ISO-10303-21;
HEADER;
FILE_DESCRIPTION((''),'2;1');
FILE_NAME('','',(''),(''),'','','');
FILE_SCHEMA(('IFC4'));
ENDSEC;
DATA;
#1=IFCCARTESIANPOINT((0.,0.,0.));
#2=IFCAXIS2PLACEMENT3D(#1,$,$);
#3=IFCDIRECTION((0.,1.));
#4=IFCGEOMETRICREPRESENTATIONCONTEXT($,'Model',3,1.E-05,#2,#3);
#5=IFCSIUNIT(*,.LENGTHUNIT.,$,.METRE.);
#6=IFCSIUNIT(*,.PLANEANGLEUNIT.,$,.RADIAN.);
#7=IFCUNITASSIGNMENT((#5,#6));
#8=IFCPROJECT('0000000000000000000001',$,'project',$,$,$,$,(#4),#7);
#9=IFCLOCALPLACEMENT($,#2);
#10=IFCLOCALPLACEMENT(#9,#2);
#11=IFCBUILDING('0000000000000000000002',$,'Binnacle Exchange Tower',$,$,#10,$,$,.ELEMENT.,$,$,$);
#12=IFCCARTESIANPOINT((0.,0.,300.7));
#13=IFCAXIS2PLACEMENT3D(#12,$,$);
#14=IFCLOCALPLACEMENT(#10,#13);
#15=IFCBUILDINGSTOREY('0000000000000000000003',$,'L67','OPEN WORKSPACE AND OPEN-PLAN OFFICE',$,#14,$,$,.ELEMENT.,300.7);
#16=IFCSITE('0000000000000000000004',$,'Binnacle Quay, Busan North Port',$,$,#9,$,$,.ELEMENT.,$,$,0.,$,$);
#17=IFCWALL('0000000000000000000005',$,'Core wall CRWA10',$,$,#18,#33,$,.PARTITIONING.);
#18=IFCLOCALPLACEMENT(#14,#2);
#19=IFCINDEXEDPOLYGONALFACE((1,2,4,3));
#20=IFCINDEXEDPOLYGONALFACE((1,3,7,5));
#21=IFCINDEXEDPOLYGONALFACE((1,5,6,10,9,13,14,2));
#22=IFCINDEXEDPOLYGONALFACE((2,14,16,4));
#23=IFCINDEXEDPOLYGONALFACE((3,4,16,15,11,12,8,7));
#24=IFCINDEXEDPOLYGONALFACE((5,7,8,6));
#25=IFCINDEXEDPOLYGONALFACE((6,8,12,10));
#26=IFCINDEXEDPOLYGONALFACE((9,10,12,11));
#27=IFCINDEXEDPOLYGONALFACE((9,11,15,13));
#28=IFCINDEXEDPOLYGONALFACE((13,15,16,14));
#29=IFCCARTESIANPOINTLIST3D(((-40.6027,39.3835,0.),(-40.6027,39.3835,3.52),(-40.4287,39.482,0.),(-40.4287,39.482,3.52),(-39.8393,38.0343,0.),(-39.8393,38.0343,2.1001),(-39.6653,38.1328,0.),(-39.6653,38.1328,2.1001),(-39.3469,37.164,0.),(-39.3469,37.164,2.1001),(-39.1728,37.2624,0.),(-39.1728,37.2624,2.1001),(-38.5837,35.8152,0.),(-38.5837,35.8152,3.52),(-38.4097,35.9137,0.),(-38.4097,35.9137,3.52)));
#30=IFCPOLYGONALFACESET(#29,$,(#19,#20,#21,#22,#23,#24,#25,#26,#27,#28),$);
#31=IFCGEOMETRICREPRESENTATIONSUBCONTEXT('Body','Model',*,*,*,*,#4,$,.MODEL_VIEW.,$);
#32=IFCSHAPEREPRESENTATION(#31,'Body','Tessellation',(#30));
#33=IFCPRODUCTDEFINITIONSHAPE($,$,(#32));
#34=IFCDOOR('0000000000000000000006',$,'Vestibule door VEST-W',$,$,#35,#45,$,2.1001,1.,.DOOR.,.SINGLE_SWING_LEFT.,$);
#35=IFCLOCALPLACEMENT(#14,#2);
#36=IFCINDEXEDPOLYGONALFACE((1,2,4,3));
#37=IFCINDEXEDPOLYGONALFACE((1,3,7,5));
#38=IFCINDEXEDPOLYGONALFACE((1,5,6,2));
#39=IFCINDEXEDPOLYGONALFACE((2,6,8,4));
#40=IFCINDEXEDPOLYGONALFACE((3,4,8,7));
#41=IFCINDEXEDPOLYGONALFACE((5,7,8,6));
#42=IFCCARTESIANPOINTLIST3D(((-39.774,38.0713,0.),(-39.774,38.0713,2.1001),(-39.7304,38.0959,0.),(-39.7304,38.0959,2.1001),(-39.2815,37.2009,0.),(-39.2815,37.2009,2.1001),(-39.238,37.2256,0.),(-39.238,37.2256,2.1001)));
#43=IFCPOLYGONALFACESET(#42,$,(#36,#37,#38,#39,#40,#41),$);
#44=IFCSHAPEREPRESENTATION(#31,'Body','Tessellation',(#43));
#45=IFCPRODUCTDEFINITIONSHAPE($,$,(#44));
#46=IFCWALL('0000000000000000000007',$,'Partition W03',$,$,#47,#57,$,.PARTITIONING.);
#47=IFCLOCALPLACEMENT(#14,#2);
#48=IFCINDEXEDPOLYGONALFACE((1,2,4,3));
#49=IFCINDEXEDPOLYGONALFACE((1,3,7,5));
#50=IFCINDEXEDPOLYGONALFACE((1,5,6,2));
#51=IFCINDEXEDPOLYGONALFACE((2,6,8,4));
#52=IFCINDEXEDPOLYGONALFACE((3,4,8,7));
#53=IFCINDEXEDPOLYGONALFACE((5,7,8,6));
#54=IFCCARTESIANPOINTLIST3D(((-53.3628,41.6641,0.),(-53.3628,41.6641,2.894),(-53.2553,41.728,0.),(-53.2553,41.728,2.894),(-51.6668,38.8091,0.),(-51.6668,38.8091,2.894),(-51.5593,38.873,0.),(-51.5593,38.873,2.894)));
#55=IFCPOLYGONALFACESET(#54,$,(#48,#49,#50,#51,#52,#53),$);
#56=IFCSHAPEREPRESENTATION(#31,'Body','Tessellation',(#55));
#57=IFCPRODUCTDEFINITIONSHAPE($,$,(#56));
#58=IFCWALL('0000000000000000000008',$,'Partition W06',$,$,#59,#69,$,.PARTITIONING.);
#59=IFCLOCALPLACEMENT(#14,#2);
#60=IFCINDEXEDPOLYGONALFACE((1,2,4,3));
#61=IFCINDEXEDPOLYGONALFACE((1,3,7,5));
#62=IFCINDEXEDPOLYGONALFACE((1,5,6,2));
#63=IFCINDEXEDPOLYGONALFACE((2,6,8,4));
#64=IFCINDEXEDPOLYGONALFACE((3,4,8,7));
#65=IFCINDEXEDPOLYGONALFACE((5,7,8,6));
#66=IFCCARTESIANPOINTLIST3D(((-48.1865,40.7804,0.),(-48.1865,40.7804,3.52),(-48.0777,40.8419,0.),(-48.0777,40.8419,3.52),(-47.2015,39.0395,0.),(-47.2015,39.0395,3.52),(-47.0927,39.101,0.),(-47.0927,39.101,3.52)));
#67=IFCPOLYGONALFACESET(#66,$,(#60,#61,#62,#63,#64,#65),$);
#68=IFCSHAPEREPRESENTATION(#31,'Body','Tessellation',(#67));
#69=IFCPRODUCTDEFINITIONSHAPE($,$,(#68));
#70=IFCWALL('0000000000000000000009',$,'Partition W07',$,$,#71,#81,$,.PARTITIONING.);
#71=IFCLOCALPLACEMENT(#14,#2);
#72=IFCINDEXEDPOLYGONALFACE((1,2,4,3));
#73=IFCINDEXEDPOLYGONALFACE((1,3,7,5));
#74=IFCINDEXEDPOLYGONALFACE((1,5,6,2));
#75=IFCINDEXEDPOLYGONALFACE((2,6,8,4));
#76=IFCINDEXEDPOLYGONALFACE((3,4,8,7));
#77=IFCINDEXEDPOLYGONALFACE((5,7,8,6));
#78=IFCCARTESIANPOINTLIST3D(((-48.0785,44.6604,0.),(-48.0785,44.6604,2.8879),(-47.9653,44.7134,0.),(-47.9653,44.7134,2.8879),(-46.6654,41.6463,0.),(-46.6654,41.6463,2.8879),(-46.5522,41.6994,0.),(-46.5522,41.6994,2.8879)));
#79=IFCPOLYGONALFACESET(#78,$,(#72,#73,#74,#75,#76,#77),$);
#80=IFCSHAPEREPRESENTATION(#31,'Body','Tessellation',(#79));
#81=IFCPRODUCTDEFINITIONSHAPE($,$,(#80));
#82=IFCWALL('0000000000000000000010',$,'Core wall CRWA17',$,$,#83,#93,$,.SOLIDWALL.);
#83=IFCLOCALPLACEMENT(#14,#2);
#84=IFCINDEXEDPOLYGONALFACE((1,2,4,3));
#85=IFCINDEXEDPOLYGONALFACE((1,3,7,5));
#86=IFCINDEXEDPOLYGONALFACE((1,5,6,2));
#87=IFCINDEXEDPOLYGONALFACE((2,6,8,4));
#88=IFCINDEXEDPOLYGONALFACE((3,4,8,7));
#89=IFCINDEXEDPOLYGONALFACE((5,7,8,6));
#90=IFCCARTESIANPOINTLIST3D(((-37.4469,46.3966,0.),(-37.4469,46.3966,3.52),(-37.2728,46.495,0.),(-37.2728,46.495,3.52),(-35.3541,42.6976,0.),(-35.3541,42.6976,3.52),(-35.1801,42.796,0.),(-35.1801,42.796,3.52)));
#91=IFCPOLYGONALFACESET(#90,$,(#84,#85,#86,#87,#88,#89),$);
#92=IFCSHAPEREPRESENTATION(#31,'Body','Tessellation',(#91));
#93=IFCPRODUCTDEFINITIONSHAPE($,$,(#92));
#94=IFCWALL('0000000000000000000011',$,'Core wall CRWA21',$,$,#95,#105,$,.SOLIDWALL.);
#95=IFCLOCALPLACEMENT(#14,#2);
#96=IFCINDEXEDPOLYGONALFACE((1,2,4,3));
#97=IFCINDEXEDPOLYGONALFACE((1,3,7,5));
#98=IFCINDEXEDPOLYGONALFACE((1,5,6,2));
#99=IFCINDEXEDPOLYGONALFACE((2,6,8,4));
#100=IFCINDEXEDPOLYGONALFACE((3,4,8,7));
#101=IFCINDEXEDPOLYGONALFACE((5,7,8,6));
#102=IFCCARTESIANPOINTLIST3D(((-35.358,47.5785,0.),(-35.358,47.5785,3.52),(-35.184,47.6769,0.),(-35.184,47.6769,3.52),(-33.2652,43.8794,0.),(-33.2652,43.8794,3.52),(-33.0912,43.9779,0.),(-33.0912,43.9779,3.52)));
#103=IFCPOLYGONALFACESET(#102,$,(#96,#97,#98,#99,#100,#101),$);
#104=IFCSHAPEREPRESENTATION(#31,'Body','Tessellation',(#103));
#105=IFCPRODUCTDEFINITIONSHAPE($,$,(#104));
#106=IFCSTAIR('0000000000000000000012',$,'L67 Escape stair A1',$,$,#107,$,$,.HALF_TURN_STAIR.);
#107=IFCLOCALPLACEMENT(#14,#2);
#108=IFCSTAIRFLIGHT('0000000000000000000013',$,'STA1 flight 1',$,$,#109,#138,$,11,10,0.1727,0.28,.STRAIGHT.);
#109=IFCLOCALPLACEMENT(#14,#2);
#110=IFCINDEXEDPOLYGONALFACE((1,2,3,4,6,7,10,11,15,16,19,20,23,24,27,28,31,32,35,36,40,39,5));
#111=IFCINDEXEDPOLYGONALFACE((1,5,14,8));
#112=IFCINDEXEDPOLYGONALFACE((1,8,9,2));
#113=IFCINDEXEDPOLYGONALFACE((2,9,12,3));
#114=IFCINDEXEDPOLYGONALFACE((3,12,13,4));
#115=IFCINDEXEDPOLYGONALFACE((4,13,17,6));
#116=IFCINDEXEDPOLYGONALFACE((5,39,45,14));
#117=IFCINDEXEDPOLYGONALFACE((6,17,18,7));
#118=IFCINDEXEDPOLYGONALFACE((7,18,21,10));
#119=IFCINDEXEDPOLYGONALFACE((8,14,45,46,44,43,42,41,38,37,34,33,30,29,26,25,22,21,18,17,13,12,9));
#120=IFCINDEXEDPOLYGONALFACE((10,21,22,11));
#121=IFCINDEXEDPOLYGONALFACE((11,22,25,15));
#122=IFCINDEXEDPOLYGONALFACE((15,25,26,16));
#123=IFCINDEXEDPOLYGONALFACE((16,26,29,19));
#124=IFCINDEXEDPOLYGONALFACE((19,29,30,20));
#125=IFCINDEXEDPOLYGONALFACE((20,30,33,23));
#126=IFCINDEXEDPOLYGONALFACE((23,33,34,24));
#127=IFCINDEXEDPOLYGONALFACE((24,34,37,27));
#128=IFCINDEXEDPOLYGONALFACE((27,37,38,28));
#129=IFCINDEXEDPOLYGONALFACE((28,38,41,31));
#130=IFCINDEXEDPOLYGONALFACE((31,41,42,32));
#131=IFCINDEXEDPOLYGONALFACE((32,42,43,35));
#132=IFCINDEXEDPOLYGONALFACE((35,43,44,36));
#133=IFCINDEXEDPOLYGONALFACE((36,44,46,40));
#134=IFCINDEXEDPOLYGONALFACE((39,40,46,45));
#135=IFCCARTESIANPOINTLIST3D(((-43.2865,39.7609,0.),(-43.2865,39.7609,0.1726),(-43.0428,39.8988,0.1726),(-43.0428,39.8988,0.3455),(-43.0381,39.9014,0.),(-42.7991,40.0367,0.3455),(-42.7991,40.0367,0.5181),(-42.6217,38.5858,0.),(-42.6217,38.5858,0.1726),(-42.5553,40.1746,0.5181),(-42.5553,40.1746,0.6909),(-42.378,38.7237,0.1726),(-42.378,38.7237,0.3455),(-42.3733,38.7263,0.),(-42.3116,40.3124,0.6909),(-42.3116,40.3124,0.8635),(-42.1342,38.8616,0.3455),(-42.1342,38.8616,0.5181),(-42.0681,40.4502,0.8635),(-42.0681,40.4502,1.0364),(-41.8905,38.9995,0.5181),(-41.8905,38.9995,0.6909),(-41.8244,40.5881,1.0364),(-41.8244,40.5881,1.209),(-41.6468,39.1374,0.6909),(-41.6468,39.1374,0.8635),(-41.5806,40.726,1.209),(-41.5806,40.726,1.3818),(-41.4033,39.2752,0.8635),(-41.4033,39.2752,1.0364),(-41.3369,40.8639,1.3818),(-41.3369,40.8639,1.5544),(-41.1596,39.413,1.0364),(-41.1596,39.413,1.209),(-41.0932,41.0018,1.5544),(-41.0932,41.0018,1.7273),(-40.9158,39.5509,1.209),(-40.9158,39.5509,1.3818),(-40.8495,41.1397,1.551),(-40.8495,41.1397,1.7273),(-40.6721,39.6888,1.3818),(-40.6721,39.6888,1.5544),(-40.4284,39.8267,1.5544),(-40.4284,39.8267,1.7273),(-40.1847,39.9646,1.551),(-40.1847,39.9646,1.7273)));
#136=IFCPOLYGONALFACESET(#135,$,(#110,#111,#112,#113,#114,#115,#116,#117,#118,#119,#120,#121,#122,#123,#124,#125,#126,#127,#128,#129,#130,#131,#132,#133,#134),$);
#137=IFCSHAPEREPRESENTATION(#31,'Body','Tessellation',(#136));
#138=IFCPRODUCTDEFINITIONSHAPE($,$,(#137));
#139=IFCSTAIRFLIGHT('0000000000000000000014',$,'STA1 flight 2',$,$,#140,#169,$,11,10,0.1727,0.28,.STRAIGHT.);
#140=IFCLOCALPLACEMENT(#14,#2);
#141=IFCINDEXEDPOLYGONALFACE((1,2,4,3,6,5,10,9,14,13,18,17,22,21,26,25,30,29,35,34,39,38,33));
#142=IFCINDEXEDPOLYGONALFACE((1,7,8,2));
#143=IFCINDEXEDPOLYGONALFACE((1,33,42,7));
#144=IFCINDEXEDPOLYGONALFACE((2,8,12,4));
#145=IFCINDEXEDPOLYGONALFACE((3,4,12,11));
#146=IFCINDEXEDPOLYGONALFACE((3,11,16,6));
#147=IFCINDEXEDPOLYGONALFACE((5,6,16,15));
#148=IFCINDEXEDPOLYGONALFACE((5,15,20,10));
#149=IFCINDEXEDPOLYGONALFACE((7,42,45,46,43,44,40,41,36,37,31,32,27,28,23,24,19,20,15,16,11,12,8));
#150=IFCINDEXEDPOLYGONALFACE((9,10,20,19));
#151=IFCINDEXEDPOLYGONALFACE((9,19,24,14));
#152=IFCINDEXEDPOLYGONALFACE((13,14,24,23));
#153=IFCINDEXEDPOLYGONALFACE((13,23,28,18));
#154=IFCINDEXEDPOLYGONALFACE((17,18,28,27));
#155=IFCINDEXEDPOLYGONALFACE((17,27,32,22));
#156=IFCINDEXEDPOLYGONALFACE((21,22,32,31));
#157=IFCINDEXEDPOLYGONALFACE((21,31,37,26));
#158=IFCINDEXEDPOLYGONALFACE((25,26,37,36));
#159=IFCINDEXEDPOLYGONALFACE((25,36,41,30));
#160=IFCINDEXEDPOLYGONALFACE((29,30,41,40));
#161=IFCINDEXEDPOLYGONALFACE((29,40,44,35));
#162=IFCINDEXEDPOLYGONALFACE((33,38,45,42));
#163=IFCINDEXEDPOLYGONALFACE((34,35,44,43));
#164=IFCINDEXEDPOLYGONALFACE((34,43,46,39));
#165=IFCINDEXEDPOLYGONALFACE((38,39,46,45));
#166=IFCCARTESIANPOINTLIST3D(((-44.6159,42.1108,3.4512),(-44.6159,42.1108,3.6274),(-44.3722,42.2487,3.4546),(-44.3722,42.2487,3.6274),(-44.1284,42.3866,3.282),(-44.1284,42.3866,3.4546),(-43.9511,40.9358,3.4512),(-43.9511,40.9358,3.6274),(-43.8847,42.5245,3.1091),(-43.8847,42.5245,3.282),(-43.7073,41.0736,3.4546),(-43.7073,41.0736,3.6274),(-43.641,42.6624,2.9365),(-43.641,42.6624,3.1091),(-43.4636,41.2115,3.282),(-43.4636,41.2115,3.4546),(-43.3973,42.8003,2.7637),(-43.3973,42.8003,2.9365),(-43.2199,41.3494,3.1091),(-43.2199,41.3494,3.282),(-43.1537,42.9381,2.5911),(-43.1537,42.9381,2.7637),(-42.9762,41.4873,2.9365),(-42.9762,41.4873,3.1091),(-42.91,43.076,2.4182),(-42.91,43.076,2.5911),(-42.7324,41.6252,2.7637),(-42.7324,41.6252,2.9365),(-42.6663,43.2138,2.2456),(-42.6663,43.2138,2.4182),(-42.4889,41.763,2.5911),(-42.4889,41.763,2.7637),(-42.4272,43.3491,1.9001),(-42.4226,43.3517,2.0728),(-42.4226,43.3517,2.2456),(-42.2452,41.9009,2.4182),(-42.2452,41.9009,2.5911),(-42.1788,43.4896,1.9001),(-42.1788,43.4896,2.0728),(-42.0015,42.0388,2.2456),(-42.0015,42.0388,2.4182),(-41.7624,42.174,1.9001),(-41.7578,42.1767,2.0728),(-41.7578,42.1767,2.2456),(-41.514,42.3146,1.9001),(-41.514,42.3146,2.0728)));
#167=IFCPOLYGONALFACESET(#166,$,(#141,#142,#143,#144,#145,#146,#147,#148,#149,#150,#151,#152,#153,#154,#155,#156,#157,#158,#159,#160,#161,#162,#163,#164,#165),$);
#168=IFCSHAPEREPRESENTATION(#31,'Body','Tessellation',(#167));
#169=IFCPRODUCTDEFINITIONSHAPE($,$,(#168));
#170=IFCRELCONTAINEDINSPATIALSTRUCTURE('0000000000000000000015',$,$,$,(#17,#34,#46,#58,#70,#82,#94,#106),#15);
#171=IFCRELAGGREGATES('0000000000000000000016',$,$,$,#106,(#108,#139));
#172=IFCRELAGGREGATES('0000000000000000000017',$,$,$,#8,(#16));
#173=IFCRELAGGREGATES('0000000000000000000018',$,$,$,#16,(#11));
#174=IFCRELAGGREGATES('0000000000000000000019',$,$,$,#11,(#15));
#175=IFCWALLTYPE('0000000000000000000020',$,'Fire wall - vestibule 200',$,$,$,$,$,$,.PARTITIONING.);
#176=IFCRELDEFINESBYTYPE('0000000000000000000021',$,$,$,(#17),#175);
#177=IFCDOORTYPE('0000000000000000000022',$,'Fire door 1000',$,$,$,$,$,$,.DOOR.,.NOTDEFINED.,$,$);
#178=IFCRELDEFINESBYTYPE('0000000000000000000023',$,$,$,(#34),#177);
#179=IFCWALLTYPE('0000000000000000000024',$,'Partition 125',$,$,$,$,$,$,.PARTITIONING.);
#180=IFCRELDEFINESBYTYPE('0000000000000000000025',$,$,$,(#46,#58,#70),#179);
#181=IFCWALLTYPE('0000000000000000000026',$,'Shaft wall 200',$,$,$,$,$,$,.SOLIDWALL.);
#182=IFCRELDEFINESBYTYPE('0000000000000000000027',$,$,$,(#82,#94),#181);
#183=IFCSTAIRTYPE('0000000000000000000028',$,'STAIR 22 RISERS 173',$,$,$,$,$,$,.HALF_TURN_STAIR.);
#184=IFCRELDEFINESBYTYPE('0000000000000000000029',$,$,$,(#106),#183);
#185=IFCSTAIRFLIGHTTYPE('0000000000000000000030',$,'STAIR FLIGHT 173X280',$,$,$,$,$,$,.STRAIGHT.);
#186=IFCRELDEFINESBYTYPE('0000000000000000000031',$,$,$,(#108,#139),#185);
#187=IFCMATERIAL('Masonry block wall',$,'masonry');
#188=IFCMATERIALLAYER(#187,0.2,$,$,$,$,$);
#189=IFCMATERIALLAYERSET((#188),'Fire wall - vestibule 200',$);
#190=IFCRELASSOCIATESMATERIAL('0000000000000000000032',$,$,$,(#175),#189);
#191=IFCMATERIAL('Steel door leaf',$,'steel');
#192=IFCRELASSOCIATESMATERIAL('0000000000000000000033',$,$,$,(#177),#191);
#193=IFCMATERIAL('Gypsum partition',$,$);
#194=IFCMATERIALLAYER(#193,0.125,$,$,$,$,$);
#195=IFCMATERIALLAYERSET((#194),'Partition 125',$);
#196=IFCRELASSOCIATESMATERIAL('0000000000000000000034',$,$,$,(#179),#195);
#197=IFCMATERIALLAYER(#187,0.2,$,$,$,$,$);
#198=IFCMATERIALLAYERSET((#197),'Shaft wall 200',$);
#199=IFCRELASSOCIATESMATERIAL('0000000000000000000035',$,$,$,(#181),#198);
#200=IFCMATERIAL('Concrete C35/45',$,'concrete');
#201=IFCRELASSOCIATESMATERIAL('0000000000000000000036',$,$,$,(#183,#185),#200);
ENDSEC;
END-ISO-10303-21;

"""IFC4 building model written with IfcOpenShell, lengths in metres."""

from ifc_helpers import new_model, si_unit, direction, frame, frame_2d, origin, place, context, subcontext, project, spatial, polyline, rectangle, outline, extrude, material, layer, layer_set, type_object, element, fill, aggregate, save


model = new_model("IFC4")

# Units and contexts
model_context = context("Model", 3, precision=1e-05, world=origin(), true_north=direction((0.0, 1.0)))
body_context = subcontext(model_context, "Body", "Model", "MODEL_VIEW")
ifc_project = project(units=[si_unit("LENGTHUNIT", "METRE"), si_unit("PLANEANGLEUNIT", "RADIAN")], contexts=[model_context])

# Site, building, storey
site_placement = place(None, origin())
site = spatial("IfcSite", under=ifc_project, at=site_placement, Name="Binnacle Quay, Busan North Port", CompositionType="ELEMENT", RefElevation=0.0)
building_placement = place(site_placement, origin())
building = spatial("IfcBuilding", under=site, at=building_placement, Name="Binnacle Exchange Tower", CompositionType="ELEMENT")
storey_placement = place(building_placement, frame((0.0, 0.0, 300.7)))
storey = spatial("IfcBuildingStorey", under=building, at=storey_placement, Name="L67", Description="OPEN WORKSPACE AND OPEN-PLAN OFFICE", CompositionType="ELEMENT", Elevation=300.7)

# Shared definitions
ifc_material_1 = material(Name="Steel door leaf", Category="steel")

# Wall, opening, door
ifc_material_2 = material(Name="Masonry block wall", Category="masonry")
ifc_layer_1 = layer(ifc_material_2, 0.2)
ifc_layer_set_1 = layer_set([ifc_layer_1], Name="Fire wall - vestibule 200")
wall_type_1 = type_object("IfcWallType", Name="Fire wall - vestibule 200", PredefinedType="PARTITIONING", material=ifc_layer_set_1)
wall_1_placement = place(storey_placement, frame((-40.5156, 39.4326, 0.0), z_axis=(0.0, 0.0, 1.0), x_axis=(0.492454, -0.870339, 0.0)))
wall_1 = element("IfcWall", 1, at=wall_1_placement, inside=storey, type_object=wall_type_1, Name="Core wall CRWA10", PredefinedType="PARTITIONING", context=body_context, shape_type="SweptSolid", body=[
    extrude(rectangle(XDim=4.0999, YDim=0.2, at=frame_2d((2.0498, 0.0))), origin(), (0.0, 0.0, 1.0), 3.52),
])
opening_1_placement = place(wall_1_placement, frame((1.55, 0.0, 0.0)))
opening_1 = element("IfcOpeningElement", 2, at=opening_1_placement, cuts=wall_1, PredefinedType="OPENING", context=body_context, shape_type="SweptSolid", body=[
    extrude(rectangle(XDim=1.0, YDim=2.1001, at=frame_2d((0.5, 1.05))), frame((0.0, 0.1099, 0.0), z_axis=(0.0, -1.0, 0.0), x_axis=(1.0, 0.0, 0.0)), (0.0, 0.0, 1.0), 0.22),
])
door_type_1 = type_object("IfcDoorType", Name="Fire door 1000", OperationType="NOTDEFINED", PredefinedType="DOOR", material=ifc_material_1)
door_1_placement = place(opening_1_placement, frame((1.0, 0.0, 0.0), z_axis=(0.0, 0.0, 1.0), x_axis=(-1.0, 0.0, 0.0)))
door_1 = element("IfcDoor", 3, at=door_1_placement, inside=storey, type_object=door_type_1, Name="Vestibule door VEST-W", OperationType="SINGLE_SWING_LEFT", OverallHeight=2.1001, OverallWidth=1.0, PredefinedType="DOOR", context=body_context, shape_type="SweptSolid", body=[
    extrude(rectangle(XDim=1.0, YDim=2.1001, at=frame_2d((0.5, 1.05))), frame((0.0, 0.0249, 0.0), z_axis=(0.0, -1.0, 0.0), x_axis=(1.0, 0.0, 0.0)), (0.0, 0.0, 1.0), 0.05),
])
fill(opening_1, door_1)

# Walls
ifc_material_3 = material(Name="Gypsum partition")
ifc_layer_2 = layer(ifc_material_3, 0.125)
ifc_layer_set_2 = layer_set([ifc_layer_2], Name="Partition 125")
wall_type_2 = type_object("IfcWallType", Name="Partition 125", PredefinedType="PARTITIONING", material=ifc_layer_set_2)
wall_2_placement = place(storey_placement, frame((-53.3091, 41.696, 0.0), z_axis=(0.0, 0.0, 1.0), x_axis=(0.510739, -0.859736, 0.0)))
element("IfcWall", 4, at=wall_2_placement, inside=storey, type_object=wall_type_2, Name="Partition W03", PredefinedType="PARTITIONING", context=body_context, shape_type="SweptSolid", body=[
    extrude(rectangle(XDim=3.3208, YDim=0.125, at=frame_2d((1.6604, 0.0))), origin(), (0.0, 0.0, 1.0), 2.894),
])
wall_3_placement = place(storey_placement, frame((-48.1321, 40.811, 0.0), z_axis=(0.0, 0.0, 1.0), x_axis=(0.492467, -0.870331, 0.0)))
element("IfcWall", 5, at=wall_3_placement, inside=storey, type_object=wall_type_2, Name="Partition W06", PredefinedType="PARTITIONING", context=body_context, shape_type="SweptSolid", body=[
    extrude(rectangle(XDim=2.0002, YDim=0.125, at=frame_2d((1.0, 0.0))), origin(), (0.0, 0.0, 1.0), 3.52),
])
wall_4_placement = place(storey_placement, frame((-48.022, 44.687, 0.0), z_axis=(0.0, 0.0, 1.0), x_axis=(0.424511, -0.905423, 0.0)))
element("IfcWall", 6, at=wall_4_placement, inside=storey, type_object=wall_type_2, Name="Partition W07", PredefinedType="PARTITIONING", context=body_context, shape_type="SweptSolid", body=[
    extrude(rectangle(XDim=3.3289, YDim=0.125, at=frame_2d((1.6646, 0.0))), origin(), (0.0, 0.0, 1.0), 2.8879),
])
ifc_layer_3 = layer(ifc_material_2, 0.2)
ifc_layer_set_3 = layer_set([ifc_layer_3], Name="Shaft wall 200")
wall_type_3 = type_object("IfcWallType", Name="Shaft wall 200", PredefinedType="SOLIDWALL", material=ifc_layer_set_3)
for number, where, z_axis, x_axis, name in (
    (7, (-37.3599, 46.4458, 0.0), (0.0, 0.0, 1.0), (0.492423, -0.870356, 0.0), "Core wall CRWA17"),
    (8, (-35.271, 47.6277, 0.0), (0.0, 0.0, 1.0), (0.492423, -0.870356, 0.0), "Core wall CRWA21"),
):
    element("IfcWall", number, at=place(storey_placement, frame(where, z_axis=z_axis, x_axis=x_axis)), inside=storey, type_object=wall_type_3, Name=name, PredefinedType="SOLIDWALL", context=body_context, shape_type="SweptSolid", body=[
        extrude(rectangle(XDim=4.25, YDim=0.2, at=frame_2d((2.125, 0.0))), origin(), (0.0, 0.0, 1.0), 3.52),
    ])

# Stair, stair flights
ifc_material_4 = material(Name="Concrete C35/45", Category="concrete")
stair_type = type_object("IfcStairType", Name="STAIR 22 RISERS 173", PredefinedType="HALF_TURN_STAIR", material=ifc_material_4)
stair_placement = place(storey_placement, origin())
stair = element("IfcStair", 9, at=stair_placement, inside=storey, type_object=stair_type, Name="L67 Escape stair A1", PredefinedType="HALF_TURN_STAIR")
stair_flight_type = type_object("IfcStairFlightType", Name="STAIR FLIGHT 173X280", PredefinedType="STRAIGHT", material=ifc_material_4)
stair_flight_1_placement = place(storey_placement, frame((-42.9541, 39.1733, 0.0), z_axis=(0.0, 0.0, 1.0), x_axis=(0.870356, 0.492424, 0.0)))
stair_flight_1 = element("IfcStairFlight", 10, at=stair_flight_1_placement, type_object=stair_flight_type, Name="STA1 flight 1", NumberOfRisers=11, NumberOfTreads=10, PredefinedType="STRAIGHT", RiserHeight=0.1727, TreadLength=0.28, context=body_context, shape_type="SweptSolid", body=[
    extrude(outline(polyline([(0.0, 0.0), (0.0, 0.1726), (0.28, 0.1726), (0.28, 0.3455), (0.5601, 0.3455), (0.5601, 0.5181), (0.8401, 0.5181), (0.8401, 0.6909), (1.1201, 0.6909), (1.1201, 0.8635), (1.3999, 0.8635), (1.3999, 1.0364), (1.6799, 1.0364), (1.6799, 1.209), (1.96, 1.209), (1.96, 1.3818), (2.24, 1.3818), (2.24, 1.5544), (2.52, 1.5544), (2.52, 1.7273), (2.8, 1.7273), (2.8, 1.8999), (2.8, 1.551), (0.2854, 0.0), (0.0, 0.0)])), frame((0.0, 0.675, 0.0), z_axis=(0.0, -1.0, 0.0), x_axis=(1.0, 0.0, 0.0)), (0.0, 0.0, 1.0), 1.3501),
])
stair_flight_2_placement = place(storey_placement, frame((-41.8464, 42.9021, 1.9001), z_axis=(0.0, 0.0, 1.0), x_axis=(-0.870356, -0.492424, 0.0)))
stair_flight_2 = element("IfcStairFlight", 11, at=stair_flight_2_placement, type_object=stair_flight_type, Name="STA1 flight 2", NumberOfRisers=11, NumberOfTreads=10, PredefinedType="STRAIGHT", RiserHeight=0.1727, TreadLength=0.28, context=body_context, shape_type="SweptSolid", body=[
    extrude(outline(polyline([(0.0, 0.0), (0.0, 0.1726), (0.28, 0.1726), (0.28, 0.3455), (0.5601, 0.3455), (0.5601, 0.5181), (0.8401, 0.5181), (0.8401, 0.6909), (1.1201, 0.6909), (1.1201, 0.8635), (1.3999, 0.8635), (1.3999, 1.0364), (1.6799, 1.0364), (1.6799, 1.209), (1.96, 1.209), (1.96, 1.3818), (2.24, 1.3818), (2.24, 1.5544), (2.52, 1.5544), (2.52, 1.7273), (2.8, 1.7273), (2.8, 1.8999), (2.8, 1.551), (0.2854, 0.0), (0.0, 0.0)])), frame((0.0, 0.675, 0.0), z_axis=(0.0, -1.0, 0.0), x_axis=(1.0, 0.0, 0.0)), (0.0, 0.0, 1.0), 1.3501),
])
aggregate(stair, [stair_flight_1, stair_flight_2])

save(model, "model.ifc")
